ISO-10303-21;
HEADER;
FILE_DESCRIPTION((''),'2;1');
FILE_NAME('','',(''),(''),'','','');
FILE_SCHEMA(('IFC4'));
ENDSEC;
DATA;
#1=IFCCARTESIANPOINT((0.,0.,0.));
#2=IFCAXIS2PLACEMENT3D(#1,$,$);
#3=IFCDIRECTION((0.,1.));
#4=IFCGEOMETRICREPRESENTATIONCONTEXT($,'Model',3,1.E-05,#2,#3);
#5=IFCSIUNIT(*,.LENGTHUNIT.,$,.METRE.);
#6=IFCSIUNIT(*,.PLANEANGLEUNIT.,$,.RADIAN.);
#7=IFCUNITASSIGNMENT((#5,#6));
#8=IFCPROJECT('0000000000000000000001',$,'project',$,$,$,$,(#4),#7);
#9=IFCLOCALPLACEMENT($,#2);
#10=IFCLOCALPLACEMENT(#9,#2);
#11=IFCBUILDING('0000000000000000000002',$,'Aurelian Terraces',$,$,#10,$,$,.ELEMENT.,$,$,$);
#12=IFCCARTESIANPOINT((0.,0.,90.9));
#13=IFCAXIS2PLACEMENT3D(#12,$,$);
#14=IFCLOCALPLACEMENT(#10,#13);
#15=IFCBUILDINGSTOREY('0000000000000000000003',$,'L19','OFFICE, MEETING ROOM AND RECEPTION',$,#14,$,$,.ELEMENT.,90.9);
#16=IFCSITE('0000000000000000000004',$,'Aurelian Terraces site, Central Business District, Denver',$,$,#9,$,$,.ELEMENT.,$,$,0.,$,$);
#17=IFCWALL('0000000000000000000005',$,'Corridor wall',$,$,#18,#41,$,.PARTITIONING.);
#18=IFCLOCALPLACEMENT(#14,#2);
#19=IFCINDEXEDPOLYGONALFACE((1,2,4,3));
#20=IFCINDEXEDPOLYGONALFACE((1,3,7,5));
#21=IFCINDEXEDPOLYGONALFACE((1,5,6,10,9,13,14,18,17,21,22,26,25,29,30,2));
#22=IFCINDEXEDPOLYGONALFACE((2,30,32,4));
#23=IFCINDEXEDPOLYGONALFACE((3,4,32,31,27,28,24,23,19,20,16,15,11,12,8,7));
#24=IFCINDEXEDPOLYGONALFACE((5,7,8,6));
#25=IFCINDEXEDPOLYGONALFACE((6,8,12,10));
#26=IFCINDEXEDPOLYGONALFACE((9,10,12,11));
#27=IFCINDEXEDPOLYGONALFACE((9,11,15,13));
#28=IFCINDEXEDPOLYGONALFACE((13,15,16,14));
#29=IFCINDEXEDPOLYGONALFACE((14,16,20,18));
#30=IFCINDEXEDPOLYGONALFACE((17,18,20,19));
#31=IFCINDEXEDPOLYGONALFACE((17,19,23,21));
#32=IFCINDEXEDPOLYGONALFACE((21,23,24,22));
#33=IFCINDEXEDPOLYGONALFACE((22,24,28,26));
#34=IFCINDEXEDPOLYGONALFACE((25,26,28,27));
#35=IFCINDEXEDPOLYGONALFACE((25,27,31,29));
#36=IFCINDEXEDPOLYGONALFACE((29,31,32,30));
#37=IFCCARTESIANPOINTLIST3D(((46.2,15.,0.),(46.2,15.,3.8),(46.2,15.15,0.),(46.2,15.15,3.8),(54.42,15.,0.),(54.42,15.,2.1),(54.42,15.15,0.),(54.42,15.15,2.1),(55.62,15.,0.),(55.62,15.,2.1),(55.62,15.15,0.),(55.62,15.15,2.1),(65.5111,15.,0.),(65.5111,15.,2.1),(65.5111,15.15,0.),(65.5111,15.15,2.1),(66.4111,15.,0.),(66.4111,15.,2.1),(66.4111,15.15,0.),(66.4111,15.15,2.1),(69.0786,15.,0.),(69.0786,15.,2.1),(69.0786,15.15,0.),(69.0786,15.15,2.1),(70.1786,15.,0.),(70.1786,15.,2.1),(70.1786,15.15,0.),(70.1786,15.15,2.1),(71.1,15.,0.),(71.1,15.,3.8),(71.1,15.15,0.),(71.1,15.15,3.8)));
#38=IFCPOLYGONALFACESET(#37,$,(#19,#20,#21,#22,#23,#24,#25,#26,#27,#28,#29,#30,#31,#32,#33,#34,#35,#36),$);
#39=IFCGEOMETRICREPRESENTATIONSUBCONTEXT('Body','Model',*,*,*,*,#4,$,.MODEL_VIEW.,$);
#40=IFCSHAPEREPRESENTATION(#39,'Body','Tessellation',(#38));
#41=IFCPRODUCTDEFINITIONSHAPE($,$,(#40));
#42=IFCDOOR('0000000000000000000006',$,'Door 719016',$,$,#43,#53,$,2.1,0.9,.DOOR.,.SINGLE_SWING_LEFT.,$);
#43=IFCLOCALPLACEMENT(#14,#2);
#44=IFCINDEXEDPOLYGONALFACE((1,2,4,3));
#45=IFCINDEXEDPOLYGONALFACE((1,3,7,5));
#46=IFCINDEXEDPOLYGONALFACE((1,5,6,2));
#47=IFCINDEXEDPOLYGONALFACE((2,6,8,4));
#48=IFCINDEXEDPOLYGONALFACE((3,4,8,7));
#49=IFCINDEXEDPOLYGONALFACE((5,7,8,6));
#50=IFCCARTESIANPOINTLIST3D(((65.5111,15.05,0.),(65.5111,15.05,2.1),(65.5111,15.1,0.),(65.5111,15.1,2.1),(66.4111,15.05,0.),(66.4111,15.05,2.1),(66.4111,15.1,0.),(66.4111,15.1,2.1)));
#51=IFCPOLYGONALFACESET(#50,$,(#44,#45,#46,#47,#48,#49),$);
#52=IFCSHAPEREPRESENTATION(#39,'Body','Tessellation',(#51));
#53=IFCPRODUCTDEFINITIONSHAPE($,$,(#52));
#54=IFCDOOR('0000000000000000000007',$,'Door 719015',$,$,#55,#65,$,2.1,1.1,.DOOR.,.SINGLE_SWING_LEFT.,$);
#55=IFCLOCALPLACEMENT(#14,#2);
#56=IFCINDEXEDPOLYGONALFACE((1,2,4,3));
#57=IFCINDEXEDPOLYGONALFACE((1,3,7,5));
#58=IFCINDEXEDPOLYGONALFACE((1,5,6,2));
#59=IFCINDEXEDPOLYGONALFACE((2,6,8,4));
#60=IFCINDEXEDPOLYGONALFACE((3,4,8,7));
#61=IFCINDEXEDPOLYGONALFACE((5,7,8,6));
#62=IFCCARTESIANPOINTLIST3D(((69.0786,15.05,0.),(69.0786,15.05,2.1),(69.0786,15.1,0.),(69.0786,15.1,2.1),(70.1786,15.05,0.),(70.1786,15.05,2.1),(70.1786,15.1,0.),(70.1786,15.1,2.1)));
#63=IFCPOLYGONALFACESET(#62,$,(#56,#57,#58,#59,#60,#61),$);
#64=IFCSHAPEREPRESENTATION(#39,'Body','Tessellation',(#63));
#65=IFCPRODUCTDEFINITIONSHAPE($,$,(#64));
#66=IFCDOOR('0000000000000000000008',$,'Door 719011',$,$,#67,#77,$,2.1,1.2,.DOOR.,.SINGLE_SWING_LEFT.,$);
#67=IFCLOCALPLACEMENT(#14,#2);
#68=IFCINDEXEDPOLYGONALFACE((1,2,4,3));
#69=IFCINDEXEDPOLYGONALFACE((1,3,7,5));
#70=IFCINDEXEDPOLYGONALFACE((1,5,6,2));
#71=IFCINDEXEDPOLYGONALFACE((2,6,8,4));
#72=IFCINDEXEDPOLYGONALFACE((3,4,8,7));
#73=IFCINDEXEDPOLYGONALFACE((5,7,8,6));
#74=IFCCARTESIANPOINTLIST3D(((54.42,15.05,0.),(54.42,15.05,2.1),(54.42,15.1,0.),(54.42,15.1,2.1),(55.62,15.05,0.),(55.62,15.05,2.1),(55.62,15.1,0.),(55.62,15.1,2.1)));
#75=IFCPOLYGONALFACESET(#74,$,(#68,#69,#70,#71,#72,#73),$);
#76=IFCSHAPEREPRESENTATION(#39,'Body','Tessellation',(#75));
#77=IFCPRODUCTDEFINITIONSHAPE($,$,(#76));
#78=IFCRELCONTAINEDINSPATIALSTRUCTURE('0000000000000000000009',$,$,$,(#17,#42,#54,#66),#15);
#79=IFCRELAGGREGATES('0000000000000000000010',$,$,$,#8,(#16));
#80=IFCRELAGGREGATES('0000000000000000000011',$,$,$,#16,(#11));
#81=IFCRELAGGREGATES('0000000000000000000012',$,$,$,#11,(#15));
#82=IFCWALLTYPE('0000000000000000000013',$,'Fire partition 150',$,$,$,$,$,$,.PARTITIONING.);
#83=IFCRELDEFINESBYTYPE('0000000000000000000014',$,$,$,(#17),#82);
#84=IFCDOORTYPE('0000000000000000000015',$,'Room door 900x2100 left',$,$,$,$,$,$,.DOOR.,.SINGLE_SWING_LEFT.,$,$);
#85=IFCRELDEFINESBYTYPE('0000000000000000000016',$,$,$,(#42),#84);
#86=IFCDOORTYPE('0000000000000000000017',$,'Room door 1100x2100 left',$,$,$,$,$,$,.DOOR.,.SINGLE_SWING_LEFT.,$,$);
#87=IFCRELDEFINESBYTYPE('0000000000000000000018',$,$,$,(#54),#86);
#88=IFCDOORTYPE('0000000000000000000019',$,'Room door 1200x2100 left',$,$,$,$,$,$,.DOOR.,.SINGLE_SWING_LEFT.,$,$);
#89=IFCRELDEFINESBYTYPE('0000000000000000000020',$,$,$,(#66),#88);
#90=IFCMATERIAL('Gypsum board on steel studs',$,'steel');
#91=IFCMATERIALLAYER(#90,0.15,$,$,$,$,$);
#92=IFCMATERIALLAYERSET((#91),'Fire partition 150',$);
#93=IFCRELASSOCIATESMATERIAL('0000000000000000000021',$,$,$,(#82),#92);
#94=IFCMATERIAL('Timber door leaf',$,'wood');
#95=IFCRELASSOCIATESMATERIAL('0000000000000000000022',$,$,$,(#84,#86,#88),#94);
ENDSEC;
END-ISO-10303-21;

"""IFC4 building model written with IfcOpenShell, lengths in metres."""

from ifc_helpers import new_model, si_unit, direction, frame, frame_2d, origin, place, context, subcontext, project, spatial, rectangle, extrude, source, transform, mapped, material, layer, layer_set, type_object, element, fill, save


model = new_model("IFC4")

# Units and contexts
model_context = context("Model", 3, precision=1e-05, world=origin(), true_north=direction((0.0, 1.0)))
body_context = subcontext(model_context, "Body", "Model", "MODEL_VIEW")
ifc_project = project(units=[si_unit("LENGTHUNIT", "METRE"), si_unit("PLANEANGLEUNIT", "RADIAN")], contexts=[model_context])

# Site, building, storey
site_placement = place(None, origin())
site = spatial("IfcSite", under=ifc_project, at=site_placement, Name="Aurelian Terraces site, Central Business District, Denver", CompositionType="ELEMENT", RefElevation=0.0)
building_placement = place(site_placement, origin())
building = spatial("IfcBuilding", under=site, at=building_placement, Name="Aurelian Terraces", CompositionType="ELEMENT")
storey_placement = place(building_placement, frame((0.0, 0.0, 90.9)))
storey = spatial("IfcBuildingStorey", under=building, at=storey_placement, Name="L19", Description="OFFICE, MEETING ROOM AND RECEPTION", CompositionType="ELEMENT", Elevation=90.9)

# Shared definitions
ifc_material_1 = material(Name="Timber door leaf", Category="wood")

# Shared definitions
ifc_material_2 = material(Name="Gypsum board on steel studs", Category="steel")

# Wall, openings, doors
ifc_layer_1 = layer(ifc_material_2, 0.15)
ifc_layer_set_1 = layer_set([ifc_layer_1], Name="Fire partition 150")
wall_type_1 = type_object("IfcWallType", Name="Fire partition 150", PredefinedType="PARTITIONING", material=ifc_layer_set_1)
shared_shape_1 = source(origin(), body_context, "Body", "SweptSolid", [
    extrude(rectangle(XDim=24.9, YDim=0.15, at=frame_2d((12.45, 0.0))), origin(), (0.0, 0.0, 1.0), 3.8),
])
wall_1_placement = place(storey_placement, frame((71.1, 15.075, 0.0), z_axis=(0.0, 0.0, 1.0), x_axis=(-1.0, 0.0, 0.0)))
wall_1 = element("IfcWall", 1, at=wall_1_placement, inside=storey, type_object=wall_type_1, Name="Corridor wall", PredefinedType="PARTITIONING", context=body_context, shape_type="MappedRepresentation", body=[
    mapped(shared_shape_1, transform((0.0, 0.0, 0.0), scale=1.0)),
])
shared_shape_2 = source(origin(), body_context, "Body", "SweptSolid", [
    extrude(rectangle(XDim=1.2, YDim=2.1, at=frame_2d((0.6, 1.05))), frame((0.0, 0.085, 0.0), z_axis=(0.0, -1.0, 0.0), x_axis=(1.0, 0.0, 0.0)), (0.0, 0.0, 1.0), 0.17),
])
opening_1_placement = place(wall_1_placement, frame((15.48, 0.0, 0.0)))
opening_1 = element("IfcOpeningElement", 2, at=opening_1_placement, cuts=wall_1, PredefinedType="OPENING", context=body_context, shape_type="MappedRepresentation", body=[
    mapped(shared_shape_2, transform((0.0, 0.0, 0.0), scale=1.0)),
])
shared_shape_3 = source(origin(), body_context, "Body", "SweptSolid", [
    extrude(rectangle(XDim=1.1, YDim=2.1, at=frame_2d((0.55, 1.05))), frame((0.0, 0.085, 0.0), z_axis=(0.0, -1.0, 0.0), x_axis=(1.0, 0.0, 0.0)), (0.0, 0.0, 1.0), 0.17),
])
opening_2_placement = place(wall_1_placement, frame((0.9214, 0.0, 0.0)))
opening_2 = element("IfcOpeningElement", 3, at=opening_2_placement, cuts=wall_1, PredefinedType="OPENING", context=body_context, shape_type="MappedRepresentation", body=[
    mapped(shared_shape_3, transform((0.0, 0.0, 0.0), scale=1.0)),
])
shared_shape_4 = source(origin(), body_context, "Body", "SweptSolid", [
    extrude(rectangle(XDim=0.9, YDim=2.1, at=frame_2d((0.45, 1.05))), frame((0.0, 0.085, 0.0), z_axis=(0.0, -1.0, 0.0), x_axis=(1.0, 0.0, 0.0)), (0.0, 0.0, 1.0), 0.17),
])
opening_3_placement = place(wall_1_placement, frame((4.6889, 0.0, 0.0)))
opening_3 = element("IfcOpeningElement", 4, at=opening_3_placement, cuts=wall_1, PredefinedType="OPENING", context=body_context, shape_type="MappedRepresentation", body=[
    mapped(shared_shape_4, transform((0.0, 0.0, 0.0), scale=1.0)),
])
door_type_1 = type_object("IfcDoorType", Name="Room door 900x2100 left", OperationType="SINGLE_SWING_LEFT", PredefinedType="DOOR", material=ifc_material_1)
shared_shape_5 = source(origin(), body_context, "Body", "SweptSolid", [
    extrude(rectangle(XDim=0.9, YDim=2.1, at=frame_2d((0.45, 1.05))), frame((0.0, 0.025, 0.0), z_axis=(0.0, -1.0, 0.0), x_axis=(1.0, 0.0, 0.0)), (0.0, 0.0, 1.0), 0.05),
])
door_1_placement = place(opening_3_placement, origin())
door_1 = element("IfcDoor", 5, at=door_1_placement, inside=storey, type_object=door_type_1, Name="Door 719016", OperationType="SINGLE_SWING_LEFT", OverallHeight=2.1, OverallWidth=0.9, PredefinedType="DOOR", context=body_context, shape_type="MappedRepresentation", body=[
    mapped(shared_shape_5, transform((0.0, 0.0, 0.0), scale=1.0)),
])
fill(opening_3, door_1)
door_type_2 = type_object("IfcDoorType", Name="Room door 1100x2100 left", OperationType="SINGLE_SWING_LEFT", PredefinedType="DOOR", material=ifc_material_1)
shared_shape_6 = source(origin(), body_context, "Body", "SweptSolid", [
    extrude(rectangle(XDim=1.1, YDim=2.1, at=frame_2d((0.55, 1.05))), frame((0.0, 0.025, 0.0), z_axis=(0.0, -1.0, 0.0), x_axis=(1.0, 0.0, 0.0)), (0.0, 0.0, 1.0), 0.05),
])
door_2_placement = place(opening_2_placement, origin())
door_2 = element("IfcDoor", 6, at=door_2_placement, inside=storey, type_object=door_type_2, Name="Door 719015", OperationType="SINGLE_SWING_LEFT", OverallHeight=2.1, OverallWidth=1.1, PredefinedType="DOOR", context=body_context, shape_type="MappedRepresentation", body=[
    mapped(shared_shape_6, transform((0.0, 0.0, 0.0), scale=1.0)),
])
fill(opening_2, door_2)
door_type_3 = type_object("IfcDoorType", Name="Room door 1200x2100 left", OperationType="SINGLE_SWING_LEFT", PredefinedType="DOOR", material=ifc_material_1)
shared_shape_7 = source(origin(), body_context, "Body", "SweptSolid", [
    extrude(rectangle(XDim=1.2, YDim=2.1, at=frame_2d((0.6, 1.05))), frame((0.0, 0.025, 0.0), z_axis=(0.0, -1.0, 0.0), x_axis=(1.0, 0.0, 0.0)), (0.0, 0.0, 1.0), 0.05),
])
door_3_placement = place(opening_1_placement, origin())
door_3 = element("IfcDoor", 7, at=door_3_placement, inside=storey, type_object=door_type_3, Name="Door 719011", OperationType="SINGLE_SWING_LEFT", OverallHeight=2.1, OverallWidth=1.2, PredefinedType="DOOR", context=body_context, shape_type="MappedRepresentation", body=[
    mapped(shared_shape_7, transform((0.0, 0.0, 0.0), scale=1.0)),
])
fill(opening_1, door_3)

save(model, "model.ifc")
